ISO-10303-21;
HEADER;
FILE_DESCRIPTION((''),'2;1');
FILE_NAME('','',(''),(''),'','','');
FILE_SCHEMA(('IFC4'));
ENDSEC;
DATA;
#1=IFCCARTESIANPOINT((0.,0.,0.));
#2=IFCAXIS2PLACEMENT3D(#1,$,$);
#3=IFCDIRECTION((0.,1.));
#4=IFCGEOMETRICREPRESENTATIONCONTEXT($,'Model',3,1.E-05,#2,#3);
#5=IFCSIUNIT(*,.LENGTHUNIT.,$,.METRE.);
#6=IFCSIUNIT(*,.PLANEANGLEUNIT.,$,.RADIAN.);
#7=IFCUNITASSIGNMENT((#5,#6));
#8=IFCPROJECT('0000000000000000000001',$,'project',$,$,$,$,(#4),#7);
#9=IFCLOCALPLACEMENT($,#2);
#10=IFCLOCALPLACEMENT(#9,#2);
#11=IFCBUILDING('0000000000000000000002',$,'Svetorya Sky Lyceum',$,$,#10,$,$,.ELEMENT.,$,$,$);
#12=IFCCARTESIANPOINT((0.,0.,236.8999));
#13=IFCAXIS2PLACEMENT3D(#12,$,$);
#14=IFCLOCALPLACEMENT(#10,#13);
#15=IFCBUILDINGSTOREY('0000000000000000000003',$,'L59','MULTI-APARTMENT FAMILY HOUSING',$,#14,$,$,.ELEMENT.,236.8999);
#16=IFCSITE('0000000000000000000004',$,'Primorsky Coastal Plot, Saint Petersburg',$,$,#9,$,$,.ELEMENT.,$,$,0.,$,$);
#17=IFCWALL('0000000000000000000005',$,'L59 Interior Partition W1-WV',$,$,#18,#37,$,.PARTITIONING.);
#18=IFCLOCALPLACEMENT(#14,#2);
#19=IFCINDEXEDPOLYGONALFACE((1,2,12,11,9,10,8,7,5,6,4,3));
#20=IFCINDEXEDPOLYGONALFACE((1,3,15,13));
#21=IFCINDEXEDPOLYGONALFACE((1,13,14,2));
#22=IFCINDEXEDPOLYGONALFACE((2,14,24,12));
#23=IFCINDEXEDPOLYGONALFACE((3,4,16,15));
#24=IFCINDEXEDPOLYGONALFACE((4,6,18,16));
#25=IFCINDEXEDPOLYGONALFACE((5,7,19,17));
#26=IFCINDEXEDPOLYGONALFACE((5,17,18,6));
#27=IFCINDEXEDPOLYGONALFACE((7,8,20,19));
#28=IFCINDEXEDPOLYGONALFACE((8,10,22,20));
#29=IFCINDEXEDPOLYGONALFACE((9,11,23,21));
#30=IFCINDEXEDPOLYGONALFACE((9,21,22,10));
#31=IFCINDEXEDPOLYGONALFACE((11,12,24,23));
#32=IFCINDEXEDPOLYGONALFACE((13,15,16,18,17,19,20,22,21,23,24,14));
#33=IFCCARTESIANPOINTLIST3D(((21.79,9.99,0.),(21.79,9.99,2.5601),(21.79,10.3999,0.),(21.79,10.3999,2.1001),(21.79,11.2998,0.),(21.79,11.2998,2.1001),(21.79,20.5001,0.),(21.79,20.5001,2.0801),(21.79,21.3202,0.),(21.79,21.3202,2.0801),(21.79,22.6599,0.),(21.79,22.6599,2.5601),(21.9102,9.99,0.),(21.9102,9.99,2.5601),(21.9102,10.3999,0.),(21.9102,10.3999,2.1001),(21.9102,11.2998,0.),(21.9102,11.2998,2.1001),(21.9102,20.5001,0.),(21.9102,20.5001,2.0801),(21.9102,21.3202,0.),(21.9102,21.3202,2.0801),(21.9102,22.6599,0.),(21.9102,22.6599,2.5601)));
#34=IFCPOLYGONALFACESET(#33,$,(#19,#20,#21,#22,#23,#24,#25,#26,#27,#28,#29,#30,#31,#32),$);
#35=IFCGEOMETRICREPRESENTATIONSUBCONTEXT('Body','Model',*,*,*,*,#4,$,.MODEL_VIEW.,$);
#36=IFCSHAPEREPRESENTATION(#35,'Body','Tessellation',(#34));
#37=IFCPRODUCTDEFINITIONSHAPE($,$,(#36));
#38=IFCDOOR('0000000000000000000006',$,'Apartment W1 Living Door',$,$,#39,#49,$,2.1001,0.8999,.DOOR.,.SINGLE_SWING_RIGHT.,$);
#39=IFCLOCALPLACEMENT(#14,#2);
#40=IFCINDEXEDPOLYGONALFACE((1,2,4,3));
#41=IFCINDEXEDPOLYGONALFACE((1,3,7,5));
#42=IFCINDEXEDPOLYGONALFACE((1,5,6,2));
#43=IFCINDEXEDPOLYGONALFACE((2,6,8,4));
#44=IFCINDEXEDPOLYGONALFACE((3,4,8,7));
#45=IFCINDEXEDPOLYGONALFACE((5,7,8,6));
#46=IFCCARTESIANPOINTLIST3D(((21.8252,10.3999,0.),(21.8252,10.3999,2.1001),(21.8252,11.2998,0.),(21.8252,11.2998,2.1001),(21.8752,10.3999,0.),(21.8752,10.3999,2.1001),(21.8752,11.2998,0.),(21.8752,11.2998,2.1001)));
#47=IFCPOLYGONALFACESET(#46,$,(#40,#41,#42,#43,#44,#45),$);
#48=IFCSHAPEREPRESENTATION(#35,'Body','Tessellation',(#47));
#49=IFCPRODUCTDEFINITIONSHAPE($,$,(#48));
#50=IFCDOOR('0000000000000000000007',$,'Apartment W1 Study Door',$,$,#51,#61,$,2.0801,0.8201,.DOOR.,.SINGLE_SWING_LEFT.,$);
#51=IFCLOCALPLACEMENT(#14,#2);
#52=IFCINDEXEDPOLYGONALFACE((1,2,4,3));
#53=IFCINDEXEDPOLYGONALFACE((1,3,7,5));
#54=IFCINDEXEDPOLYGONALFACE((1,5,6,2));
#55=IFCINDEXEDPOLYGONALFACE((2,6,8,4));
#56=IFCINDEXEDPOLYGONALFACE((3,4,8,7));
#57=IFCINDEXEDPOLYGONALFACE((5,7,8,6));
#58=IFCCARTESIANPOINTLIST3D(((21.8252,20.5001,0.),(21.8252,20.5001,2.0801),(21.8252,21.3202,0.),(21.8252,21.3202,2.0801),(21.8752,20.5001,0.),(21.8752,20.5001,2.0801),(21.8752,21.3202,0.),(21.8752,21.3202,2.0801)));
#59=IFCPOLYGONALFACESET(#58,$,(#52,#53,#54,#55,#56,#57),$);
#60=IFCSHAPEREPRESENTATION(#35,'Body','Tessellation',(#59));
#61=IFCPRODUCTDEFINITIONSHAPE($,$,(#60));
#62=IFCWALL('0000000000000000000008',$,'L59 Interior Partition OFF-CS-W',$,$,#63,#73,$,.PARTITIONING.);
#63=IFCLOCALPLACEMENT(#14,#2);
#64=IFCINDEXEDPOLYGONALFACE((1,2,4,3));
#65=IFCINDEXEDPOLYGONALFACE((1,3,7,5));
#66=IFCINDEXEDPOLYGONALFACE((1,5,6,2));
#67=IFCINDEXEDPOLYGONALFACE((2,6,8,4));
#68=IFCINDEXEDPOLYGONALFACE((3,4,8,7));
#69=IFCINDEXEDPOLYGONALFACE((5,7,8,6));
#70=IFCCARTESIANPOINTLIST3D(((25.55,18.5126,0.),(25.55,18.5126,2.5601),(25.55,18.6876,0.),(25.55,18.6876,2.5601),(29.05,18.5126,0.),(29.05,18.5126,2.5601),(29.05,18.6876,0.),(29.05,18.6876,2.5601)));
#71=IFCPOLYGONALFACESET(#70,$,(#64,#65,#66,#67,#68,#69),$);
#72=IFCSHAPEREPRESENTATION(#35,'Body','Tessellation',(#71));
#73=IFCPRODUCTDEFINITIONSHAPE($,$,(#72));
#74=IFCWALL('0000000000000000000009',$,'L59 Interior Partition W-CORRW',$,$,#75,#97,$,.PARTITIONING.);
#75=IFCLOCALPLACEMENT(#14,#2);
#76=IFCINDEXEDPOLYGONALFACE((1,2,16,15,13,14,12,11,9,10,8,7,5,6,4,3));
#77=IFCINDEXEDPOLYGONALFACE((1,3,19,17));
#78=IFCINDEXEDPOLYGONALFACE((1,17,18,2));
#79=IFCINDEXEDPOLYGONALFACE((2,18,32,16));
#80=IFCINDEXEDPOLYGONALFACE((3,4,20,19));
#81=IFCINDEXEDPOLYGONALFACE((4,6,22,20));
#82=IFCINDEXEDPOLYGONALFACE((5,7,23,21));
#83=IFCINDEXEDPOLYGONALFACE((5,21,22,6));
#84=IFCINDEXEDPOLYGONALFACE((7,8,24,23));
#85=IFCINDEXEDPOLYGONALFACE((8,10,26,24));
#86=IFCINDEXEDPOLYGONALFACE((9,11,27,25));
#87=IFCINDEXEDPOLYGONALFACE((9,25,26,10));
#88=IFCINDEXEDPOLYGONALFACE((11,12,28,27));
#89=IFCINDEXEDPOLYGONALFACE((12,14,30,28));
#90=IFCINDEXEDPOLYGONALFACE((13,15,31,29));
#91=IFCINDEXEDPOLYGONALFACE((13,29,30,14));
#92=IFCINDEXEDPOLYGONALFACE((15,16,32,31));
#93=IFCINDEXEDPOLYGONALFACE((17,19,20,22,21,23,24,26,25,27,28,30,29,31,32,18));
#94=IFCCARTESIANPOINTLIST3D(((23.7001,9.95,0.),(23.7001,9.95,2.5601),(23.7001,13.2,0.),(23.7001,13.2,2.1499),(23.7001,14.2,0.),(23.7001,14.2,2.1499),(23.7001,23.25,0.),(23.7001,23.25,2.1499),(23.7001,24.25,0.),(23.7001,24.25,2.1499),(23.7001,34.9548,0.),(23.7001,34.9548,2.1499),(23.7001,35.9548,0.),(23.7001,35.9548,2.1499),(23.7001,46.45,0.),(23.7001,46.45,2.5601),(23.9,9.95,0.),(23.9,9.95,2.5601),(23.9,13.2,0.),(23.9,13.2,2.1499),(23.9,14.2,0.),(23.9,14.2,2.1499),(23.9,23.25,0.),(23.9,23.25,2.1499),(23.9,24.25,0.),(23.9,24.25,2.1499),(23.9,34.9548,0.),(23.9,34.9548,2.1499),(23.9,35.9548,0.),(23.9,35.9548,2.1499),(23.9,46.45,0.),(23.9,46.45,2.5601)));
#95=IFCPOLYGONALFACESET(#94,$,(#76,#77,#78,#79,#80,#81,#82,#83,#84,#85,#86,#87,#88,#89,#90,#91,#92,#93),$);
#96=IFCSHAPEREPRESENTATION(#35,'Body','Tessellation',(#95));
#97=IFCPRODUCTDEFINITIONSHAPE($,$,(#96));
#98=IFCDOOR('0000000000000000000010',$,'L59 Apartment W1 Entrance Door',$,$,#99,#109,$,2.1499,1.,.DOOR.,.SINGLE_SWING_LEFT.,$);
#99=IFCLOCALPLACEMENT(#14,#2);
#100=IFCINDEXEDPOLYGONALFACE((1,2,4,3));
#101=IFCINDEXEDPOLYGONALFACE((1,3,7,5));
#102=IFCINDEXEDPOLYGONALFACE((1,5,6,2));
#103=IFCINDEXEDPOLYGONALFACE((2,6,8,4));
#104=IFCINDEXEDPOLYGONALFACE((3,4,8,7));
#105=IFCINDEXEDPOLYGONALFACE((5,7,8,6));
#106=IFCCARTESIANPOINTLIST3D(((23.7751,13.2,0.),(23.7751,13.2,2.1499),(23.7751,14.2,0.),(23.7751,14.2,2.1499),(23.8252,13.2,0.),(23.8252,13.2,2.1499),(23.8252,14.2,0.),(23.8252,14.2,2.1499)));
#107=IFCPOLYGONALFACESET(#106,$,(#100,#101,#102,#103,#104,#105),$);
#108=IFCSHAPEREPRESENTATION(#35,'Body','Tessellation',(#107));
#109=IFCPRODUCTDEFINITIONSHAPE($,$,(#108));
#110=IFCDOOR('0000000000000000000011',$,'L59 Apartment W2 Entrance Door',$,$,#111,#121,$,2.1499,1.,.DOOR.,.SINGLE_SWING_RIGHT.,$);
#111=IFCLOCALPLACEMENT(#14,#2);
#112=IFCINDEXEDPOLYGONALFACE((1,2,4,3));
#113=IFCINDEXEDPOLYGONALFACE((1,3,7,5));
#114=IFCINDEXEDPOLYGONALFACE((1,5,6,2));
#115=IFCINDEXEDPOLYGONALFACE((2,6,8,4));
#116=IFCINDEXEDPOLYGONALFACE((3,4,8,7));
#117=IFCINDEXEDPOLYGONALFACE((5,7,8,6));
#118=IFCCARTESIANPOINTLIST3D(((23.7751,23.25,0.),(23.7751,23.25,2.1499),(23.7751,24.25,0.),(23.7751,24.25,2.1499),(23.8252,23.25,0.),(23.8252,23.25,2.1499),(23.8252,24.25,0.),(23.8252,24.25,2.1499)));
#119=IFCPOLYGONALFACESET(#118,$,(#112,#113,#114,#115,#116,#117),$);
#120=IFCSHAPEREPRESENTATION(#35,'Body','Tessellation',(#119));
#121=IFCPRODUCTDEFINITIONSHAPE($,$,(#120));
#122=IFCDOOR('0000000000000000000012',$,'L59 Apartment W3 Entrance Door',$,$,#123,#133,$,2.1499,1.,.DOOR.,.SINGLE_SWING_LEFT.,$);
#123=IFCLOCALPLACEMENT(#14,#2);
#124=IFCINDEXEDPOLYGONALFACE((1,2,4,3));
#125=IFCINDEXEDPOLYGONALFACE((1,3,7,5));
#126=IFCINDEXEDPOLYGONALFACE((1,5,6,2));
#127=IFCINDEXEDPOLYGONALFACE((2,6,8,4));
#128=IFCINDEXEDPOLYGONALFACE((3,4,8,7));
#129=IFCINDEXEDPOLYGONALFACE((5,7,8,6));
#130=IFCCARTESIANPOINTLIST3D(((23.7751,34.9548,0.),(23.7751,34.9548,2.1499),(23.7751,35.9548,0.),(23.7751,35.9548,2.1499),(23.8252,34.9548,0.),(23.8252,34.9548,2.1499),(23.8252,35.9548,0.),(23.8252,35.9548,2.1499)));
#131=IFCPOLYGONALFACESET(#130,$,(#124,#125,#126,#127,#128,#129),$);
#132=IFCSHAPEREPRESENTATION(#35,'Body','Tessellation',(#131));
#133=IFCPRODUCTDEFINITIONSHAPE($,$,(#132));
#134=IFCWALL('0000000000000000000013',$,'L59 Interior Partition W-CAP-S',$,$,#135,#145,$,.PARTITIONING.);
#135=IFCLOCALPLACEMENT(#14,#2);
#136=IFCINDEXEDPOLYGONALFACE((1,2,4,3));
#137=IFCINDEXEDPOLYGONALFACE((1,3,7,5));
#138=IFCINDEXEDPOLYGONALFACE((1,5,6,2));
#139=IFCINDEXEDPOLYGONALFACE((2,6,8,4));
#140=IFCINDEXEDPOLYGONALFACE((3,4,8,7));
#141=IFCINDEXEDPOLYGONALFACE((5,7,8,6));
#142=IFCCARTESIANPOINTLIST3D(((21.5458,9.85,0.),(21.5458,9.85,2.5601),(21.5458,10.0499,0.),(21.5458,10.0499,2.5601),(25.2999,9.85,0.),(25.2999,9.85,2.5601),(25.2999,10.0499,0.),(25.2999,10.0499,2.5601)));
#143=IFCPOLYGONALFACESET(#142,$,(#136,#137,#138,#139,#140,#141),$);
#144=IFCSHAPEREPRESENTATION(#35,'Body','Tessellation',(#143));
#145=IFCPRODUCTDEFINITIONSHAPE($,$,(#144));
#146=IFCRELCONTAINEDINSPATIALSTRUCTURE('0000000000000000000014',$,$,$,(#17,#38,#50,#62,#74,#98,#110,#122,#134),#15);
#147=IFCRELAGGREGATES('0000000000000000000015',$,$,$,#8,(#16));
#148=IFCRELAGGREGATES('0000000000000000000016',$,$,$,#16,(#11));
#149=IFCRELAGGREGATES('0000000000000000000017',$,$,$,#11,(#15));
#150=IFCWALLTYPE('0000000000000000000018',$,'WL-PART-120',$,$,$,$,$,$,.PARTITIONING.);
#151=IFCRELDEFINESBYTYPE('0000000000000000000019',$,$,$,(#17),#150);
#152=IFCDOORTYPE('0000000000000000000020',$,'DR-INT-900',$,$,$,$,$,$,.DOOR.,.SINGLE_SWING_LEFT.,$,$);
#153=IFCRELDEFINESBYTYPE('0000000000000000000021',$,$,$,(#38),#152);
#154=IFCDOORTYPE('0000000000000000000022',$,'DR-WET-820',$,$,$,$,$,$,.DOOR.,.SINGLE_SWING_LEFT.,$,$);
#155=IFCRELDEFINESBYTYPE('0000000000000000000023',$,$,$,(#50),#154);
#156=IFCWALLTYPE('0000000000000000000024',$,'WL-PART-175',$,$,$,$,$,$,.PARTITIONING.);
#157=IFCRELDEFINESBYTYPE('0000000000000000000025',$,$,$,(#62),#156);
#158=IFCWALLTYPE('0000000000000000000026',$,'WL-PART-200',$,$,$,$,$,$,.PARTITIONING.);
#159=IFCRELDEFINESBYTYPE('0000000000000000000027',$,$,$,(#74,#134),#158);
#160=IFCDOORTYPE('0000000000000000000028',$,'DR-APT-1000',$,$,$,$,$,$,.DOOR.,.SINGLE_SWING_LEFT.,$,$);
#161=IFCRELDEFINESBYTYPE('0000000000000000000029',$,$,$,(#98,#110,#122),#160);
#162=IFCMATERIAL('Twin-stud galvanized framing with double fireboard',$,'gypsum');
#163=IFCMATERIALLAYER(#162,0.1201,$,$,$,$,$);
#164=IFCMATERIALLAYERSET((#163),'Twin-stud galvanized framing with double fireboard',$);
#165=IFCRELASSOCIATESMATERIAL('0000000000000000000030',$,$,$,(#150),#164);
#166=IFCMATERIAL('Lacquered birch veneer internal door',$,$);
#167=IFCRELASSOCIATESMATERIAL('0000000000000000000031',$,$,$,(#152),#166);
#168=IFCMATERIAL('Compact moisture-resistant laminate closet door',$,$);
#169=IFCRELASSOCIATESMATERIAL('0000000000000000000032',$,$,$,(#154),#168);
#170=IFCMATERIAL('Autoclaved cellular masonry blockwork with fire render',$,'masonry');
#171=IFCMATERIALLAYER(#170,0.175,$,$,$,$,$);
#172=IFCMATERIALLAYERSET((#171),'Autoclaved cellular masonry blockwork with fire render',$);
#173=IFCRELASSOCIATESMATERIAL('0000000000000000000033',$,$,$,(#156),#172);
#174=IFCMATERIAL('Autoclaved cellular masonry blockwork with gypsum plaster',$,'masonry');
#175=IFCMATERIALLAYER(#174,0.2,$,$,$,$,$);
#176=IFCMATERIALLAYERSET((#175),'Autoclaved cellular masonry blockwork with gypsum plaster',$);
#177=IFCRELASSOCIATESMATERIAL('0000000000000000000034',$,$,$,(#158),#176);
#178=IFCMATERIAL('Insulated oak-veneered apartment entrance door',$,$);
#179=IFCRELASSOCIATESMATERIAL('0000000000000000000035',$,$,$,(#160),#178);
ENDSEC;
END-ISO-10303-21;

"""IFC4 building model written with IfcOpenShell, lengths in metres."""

from ifc_helpers import new_model, si_unit, direction, frame, frame_2d, origin, place, context, subcontext, project, spatial, rectangle, extrude, material, layer, layer_set, type_object, element, fill, save


model = new_model("IFC4")

# Units and contexts
model_context = context("Model", 3, precision=1e-05, world=origin(), true_north=direction((0.0, 1.0)))
body_context = subcontext(model_context, "Body", "Model", "MODEL_VIEW")
ifc_project = project(units=[si_unit("LENGTHUNIT", "METRE"), si_unit("PLANEANGLEUNIT", "RADIAN")], contexts=[model_context])

# Site, building, storey
site_placement = place(None, origin())
site = spatial("IfcSite", under=ifc_project, at=site_placement, Name="Primorsky Coastal Plot, Saint Petersburg", CompositionType="ELEMENT", RefElevation=0.0)
building_placement = place(site_placement, origin())
building = spatial("IfcBuilding", under=site, at=building_placement, Name="Svetorya Sky Lyceum", CompositionType="ELEMENT")
storey_placement = place(building_placement, frame((0.0, 0.0, 236.8999)))
storey = spatial("IfcBuildingStorey", under=building, at=storey_placement, Name="L59", Description="MULTI-APARTMENT FAMILY HOUSING", CompositionType="ELEMENT", Elevation=236.8999)

# Shared definitions
ifc_material_1 = material(Name="Twin-stud galvanized framing with double fireboard", Category="gypsum")
ifc_layer_1 = layer(ifc_material_1, 0.1201)
ifc_layer_set_1 = layer_set([ifc_layer_1], Name="Twin-stud galvanized framing with double fireboard")
wall_type_1 = type_object("IfcWallType", Name="WL-PART-120", PredefinedType="PARTITIONING", material=ifc_layer_set_1)

# Wall, openings, doors
wall_1_placement = place(storey_placement, frame((21.8501, 9.99, 0.0), z_axis=(0.0, 0.0, 1.0), x_axis=(0.0, 1.0, 0.0)))
wall_1 = element("IfcWall", 1, at=wall_1_placement, inside=storey, type_object=wall_type_1, Name="L59 Interior Partition W1-WV", PredefinedType="PARTITIONING", context=body_context, shape_type="SweptSolid", body=[
    extrude(rectangle(XDim=12.6699, YDim=0.1201, at=frame_2d((6.335, 0.0))), origin(), (0.0, 0.0, 1.0), 2.5601),
])
opening_1_placement = place(wall_1_placement, frame((0.4099, 0.0, 0.0)))
opening_1 = element("IfcOpeningElement", 2, at=opening_1_placement, cuts=wall_1, PredefinedType="OPENING", context=body_context, shape_type="SweptSolid", body=[
    extrude(rectangle(XDim=0.8999, YDim=2.1001, at=frame_2d((0.45, 1.05))), frame((0.0, 0.0701, 0.0), z_axis=(0.0, -1.0, 0.0), x_axis=(1.0, 0.0, 0.0)), (0.0, 0.0, 1.0), 0.1401),
])
opening_2_placement = place(wall_1_placement, frame((10.51, 0.0, 0.0)))
opening_2 = element("IfcOpeningElement", 3, at=opening_2_placement, cuts=wall_1, PredefinedType="OPENING", context=body_context, shape_type="SweptSolid", body=[
    extrude(rectangle(XDim=0.8201, YDim=2.0801, at=frame_2d((0.4102, 1.04))), frame((0.0, 0.0701, 0.0), z_axis=(0.0, -1.0, 0.0), x_axis=(1.0, 0.0, 0.0)), (0.0, 0.0, 1.0), 0.1401),
])
ifc_material_2 = material(Name="Lacquered birch veneer internal door")
door_type_1 = type_object("IfcDoorType", Name="DR-INT-900", OperationType="SINGLE_SWING_LEFT", PredefinedType="DOOR", material=ifc_material_2)
door_1_placement = place(opening_1_placement, origin())
door_1 = element("IfcDoor", 4, at=door_1_placement, inside=storey, type_object=door_type_1, Name="Apartment W1 Living Door", OperationType="SINGLE_SWING_RIGHT", OverallHeight=2.1001, OverallWidth=0.8999, PredefinedType="DOOR", context=body_context, shape_type="SweptSolid", body=[
    extrude(rectangle(XDim=0.8999, YDim=2.1001, at=frame_2d((0.45, 1.05))), frame((0.0, 0.0249, 0.0), z_axis=(0.0, -1.0, 0.0), x_axis=(1.0, 0.0, 0.0)), (0.0, 0.0, 1.0), 0.05),
])
fill(opening_1, door_1)
ifc_material_3 = material(Name="Compact moisture-resistant laminate closet door")
door_type_2 = type_object("IfcDoorType", Name="DR-WET-820", OperationType="SINGLE_SWING_LEFT", PredefinedType="DOOR", material=ifc_material_3)
door_2_placement = place(opening_2_placement, origin())
door_2 = element("IfcDoor", 5, at=door_2_placement, inside=storey, type_object=door_type_2, Name="Apartment W1 Study Door", OperationType="SINGLE_SWING_LEFT", OverallHeight=2.0801, OverallWidth=0.8201, PredefinedType="DOOR", context=body_context, shape_type="SweptSolid", body=[
    extrude(rectangle(XDim=0.8201, YDim=2.0801, at=frame_2d((0.4102, 1.04))), frame((0.0, 0.0249, 0.0), z_axis=(0.0, -1.0, 0.0), x_axis=(1.0, 0.0, 0.0)), (0.0, 0.0, 1.0), 0.05),
])
fill(opening_2, door_2)

# Wall
ifc_material_4 = material(Name="Autoclaved cellular masonry blockwork with fire render", Category="masonry")
ifc_layer_2 = layer(ifc_material_4, 0.175)
ifc_layer_set_2 = layer_set([ifc_layer_2], Name="Autoclaved cellular masonry blockwork with fire render")
wall_type_2 = type_object("IfcWallType", Name="WL-PART-175", PredefinedType="PARTITIONING", material=ifc_layer_set_2)
wall_2_placement = place(storey_placement, frame((25.55, 18.6001, 0.0), z_axis=(0.0, 0.0, 1.0), x_axis=(1.0, 0.0, 0.0)))
element("IfcWall", 6, at=wall_2_placement, inside=storey, type_object=wall_type_2, Name="L59 Interior Partition OFF-CS-W", PredefinedType="PARTITIONING", context=body_context, shape_type="SweptSolid", body=[
    extrude(rectangle(XDim=3.5, YDim=0.175, at=frame_2d((1.75, 0.0))), origin(), (0.0, 0.0, 1.0), 2.5601),
])

# Wall, openings, doors
ifc_material_5 = material(Name="Autoclaved cellular masonry blockwork with gypsum plaster", Category="masonry")
ifc_layer_3 = layer(ifc_material_5, 0.2)
ifc_layer_set_3 = layer_set([ifc_layer_3], Name="Autoclaved cellular masonry blockwork with gypsum plaster")
wall_type_3 = type_object("IfcWallType", Name="WL-PART-200", PredefinedType="PARTITIONING", material=ifc_layer_set_3)
wall_3_placement = place(storey_placement, frame((23.8, 9.95, 0.0), z_axis=(0.0, 0.0, 1.0), x_axis=(0.0, 1.0, 0.0)))
wall_3 = element("IfcWall", 7, at=wall_3_placement, inside=storey, type_object=wall_type_3, Name="L59 Interior Partition W-CORRW", PredefinedType="PARTITIONING", context=body_context, shape_type="SweptSolid", body=[
    extrude(rectangle(XDim=36.5, YDim=0.2, at=frame_2d((18.25, 0.0))), origin(), (0.0, 0.0, 1.0), 2.5601),
])
opening_3_placement = place(wall_3_placement, frame((3.25, 0.0, 0.0)))
opening_3 = element("IfcOpeningElement", 8, at=opening_3_placement, cuts=wall_3, PredefinedType="OPENING", context=body_context, shape_type="SweptSolid", body=[
    extrude(rectangle(XDim=1.0, YDim=2.1499, at=frame_2d((0.5, 1.075))), frame((0.0, 0.1099, 0.0), z_axis=(0.0, -1.0, 0.0), x_axis=(1.0, 0.0, 0.0)), (0.0, 0.0, 1.0), 0.22),
])
opening_4_placement = place(wall_3_placement, frame((13.3, 0.0, 0.0)))
opening_4 = element("IfcOpeningElement", 9, at=opening_4_placement, cuts=wall_3, PredefinedType="OPENING", context=body_context, shape_type="SweptSolid", body=[
    extrude(rectangle(XDim=1.0, YDim=2.1499, at=frame_2d((0.5, 1.075))), frame((0.0, 0.1099, 0.0), z_axis=(0.0, -1.0, 0.0), x_axis=(1.0, 0.0, 0.0)), (0.0, 0.0, 1.0), 0.22),
])
opening_5_placement = place(wall_3_placement, frame((25.0049, 0.0, 0.0)))
opening_5 = element("IfcOpeningElement", 10, at=opening_5_placement, cuts=wall_3, PredefinedType="OPENING", context=body_context, shape_type="SweptSolid", body=[
    extrude(rectangle(XDim=1.0, YDim=2.1499, at=frame_2d((0.5, 1.075))), frame((0.0, 0.1099, 0.0), z_axis=(0.0, -1.0, 0.0), x_axis=(1.0, 0.0, 0.0)), (0.0, 0.0, 1.0), 0.22),
])
ifc_material_6 = material(Name="Insulated oak-veneered apartment entrance door")
door_type_3 = type_object("IfcDoorType", Name="DR-APT-1000", OperationType="SINGLE_SWING_LEFT", PredefinedType="DOOR", material=ifc_material_6)
door_3_placement = place(opening_3_placement, origin())
door_3 = element("IfcDoor", 11, at=door_3_placement, inside=storey, type_object=door_type_3, Name="L59 Apartment W1 Entrance Door", OperationType="SINGLE_SWING_LEFT", OverallHeight=2.1499, OverallWidth=1.0, PredefinedType="DOOR", context=body_context, shape_type="SweptSolid", body=[
    extrude(rectangle(XDim=1.0, YDim=2.1499, at=frame_2d((0.5, 1.075))), frame((0.0, 0.0249, 0.0), z_axis=(0.0, -1.0, 0.0), x_axis=(1.0, 0.0, 0.0)), (0.0, 0.0, 1.0), 0.05),
])
fill(opening_3, door_3)
door_4_placement = place(opening_4_placement, origin())
door_4 = element("IfcDoor", 12, at=door_4_placement, inside=storey, type_object=door_type_3, Name="L59 Apartment W2 Entrance Door", OperationType="SINGLE_SWING_RIGHT", OverallHeight=2.1499, OverallWidth=1.0, PredefinedType="DOOR", context=body_context, shape_type="SweptSolid", body=[
    extrude(rectangle(XDim=1.0, YDim=2.1499, at=frame_2d((0.5, 1.075))), frame((0.0, 0.0249, 0.0), z_axis=(0.0, -1.0, 0.0), x_axis=(1.0, 0.0, 0.0)), (0.0, 0.0, 1.0), 0.05),
])
fill(opening_4, door_4)
door_5_placement = place(opening_5_placement, origin())
door_5 = element("IfcDoor", 13, at=door_5_placement, inside=storey, type_object=door_type_3, Name="L59 Apartment W3 Entrance Door", OperationType="SINGLE_SWING_LEFT", OverallHeight=2.1499, OverallWidth=1.0, PredefinedType="DOOR", context=body_context, shape_type="SweptSolid", body=[
    extrude(rectangle(XDim=1.0, YDim=2.1499, at=frame_2d((0.5, 1.075))), frame((0.0, 0.0249, 0.0), z_axis=(0.0, -1.0, 0.0), x_axis=(1.0, 0.0, 0.0)), (0.0, 0.0, 1.0), 0.05),
])
fill(opening_5, door_5)

# Wall
wall_4_placement = place(storey_placement, frame((21.5459, 9.95, 0.0), z_axis=(0.0, 0.0, 1.0), x_axis=(1.0, 0.0, 0.0)))
element("IfcWall", 14, at=wall_4_placement, inside=storey, type_object=wall_type_3, Name="L59 Interior Partition W-CAP-S", PredefinedType="PARTITIONING", context=body_context, shape_type="SweptSolid", body=[
    extrude(rectangle(XDim=3.7542, YDim=0.2, at=frame_2d((1.877, 0.0))), origin(), (0.0, 0.0, 1.0), 2.5601),
])

save(model, "model.ifc")
